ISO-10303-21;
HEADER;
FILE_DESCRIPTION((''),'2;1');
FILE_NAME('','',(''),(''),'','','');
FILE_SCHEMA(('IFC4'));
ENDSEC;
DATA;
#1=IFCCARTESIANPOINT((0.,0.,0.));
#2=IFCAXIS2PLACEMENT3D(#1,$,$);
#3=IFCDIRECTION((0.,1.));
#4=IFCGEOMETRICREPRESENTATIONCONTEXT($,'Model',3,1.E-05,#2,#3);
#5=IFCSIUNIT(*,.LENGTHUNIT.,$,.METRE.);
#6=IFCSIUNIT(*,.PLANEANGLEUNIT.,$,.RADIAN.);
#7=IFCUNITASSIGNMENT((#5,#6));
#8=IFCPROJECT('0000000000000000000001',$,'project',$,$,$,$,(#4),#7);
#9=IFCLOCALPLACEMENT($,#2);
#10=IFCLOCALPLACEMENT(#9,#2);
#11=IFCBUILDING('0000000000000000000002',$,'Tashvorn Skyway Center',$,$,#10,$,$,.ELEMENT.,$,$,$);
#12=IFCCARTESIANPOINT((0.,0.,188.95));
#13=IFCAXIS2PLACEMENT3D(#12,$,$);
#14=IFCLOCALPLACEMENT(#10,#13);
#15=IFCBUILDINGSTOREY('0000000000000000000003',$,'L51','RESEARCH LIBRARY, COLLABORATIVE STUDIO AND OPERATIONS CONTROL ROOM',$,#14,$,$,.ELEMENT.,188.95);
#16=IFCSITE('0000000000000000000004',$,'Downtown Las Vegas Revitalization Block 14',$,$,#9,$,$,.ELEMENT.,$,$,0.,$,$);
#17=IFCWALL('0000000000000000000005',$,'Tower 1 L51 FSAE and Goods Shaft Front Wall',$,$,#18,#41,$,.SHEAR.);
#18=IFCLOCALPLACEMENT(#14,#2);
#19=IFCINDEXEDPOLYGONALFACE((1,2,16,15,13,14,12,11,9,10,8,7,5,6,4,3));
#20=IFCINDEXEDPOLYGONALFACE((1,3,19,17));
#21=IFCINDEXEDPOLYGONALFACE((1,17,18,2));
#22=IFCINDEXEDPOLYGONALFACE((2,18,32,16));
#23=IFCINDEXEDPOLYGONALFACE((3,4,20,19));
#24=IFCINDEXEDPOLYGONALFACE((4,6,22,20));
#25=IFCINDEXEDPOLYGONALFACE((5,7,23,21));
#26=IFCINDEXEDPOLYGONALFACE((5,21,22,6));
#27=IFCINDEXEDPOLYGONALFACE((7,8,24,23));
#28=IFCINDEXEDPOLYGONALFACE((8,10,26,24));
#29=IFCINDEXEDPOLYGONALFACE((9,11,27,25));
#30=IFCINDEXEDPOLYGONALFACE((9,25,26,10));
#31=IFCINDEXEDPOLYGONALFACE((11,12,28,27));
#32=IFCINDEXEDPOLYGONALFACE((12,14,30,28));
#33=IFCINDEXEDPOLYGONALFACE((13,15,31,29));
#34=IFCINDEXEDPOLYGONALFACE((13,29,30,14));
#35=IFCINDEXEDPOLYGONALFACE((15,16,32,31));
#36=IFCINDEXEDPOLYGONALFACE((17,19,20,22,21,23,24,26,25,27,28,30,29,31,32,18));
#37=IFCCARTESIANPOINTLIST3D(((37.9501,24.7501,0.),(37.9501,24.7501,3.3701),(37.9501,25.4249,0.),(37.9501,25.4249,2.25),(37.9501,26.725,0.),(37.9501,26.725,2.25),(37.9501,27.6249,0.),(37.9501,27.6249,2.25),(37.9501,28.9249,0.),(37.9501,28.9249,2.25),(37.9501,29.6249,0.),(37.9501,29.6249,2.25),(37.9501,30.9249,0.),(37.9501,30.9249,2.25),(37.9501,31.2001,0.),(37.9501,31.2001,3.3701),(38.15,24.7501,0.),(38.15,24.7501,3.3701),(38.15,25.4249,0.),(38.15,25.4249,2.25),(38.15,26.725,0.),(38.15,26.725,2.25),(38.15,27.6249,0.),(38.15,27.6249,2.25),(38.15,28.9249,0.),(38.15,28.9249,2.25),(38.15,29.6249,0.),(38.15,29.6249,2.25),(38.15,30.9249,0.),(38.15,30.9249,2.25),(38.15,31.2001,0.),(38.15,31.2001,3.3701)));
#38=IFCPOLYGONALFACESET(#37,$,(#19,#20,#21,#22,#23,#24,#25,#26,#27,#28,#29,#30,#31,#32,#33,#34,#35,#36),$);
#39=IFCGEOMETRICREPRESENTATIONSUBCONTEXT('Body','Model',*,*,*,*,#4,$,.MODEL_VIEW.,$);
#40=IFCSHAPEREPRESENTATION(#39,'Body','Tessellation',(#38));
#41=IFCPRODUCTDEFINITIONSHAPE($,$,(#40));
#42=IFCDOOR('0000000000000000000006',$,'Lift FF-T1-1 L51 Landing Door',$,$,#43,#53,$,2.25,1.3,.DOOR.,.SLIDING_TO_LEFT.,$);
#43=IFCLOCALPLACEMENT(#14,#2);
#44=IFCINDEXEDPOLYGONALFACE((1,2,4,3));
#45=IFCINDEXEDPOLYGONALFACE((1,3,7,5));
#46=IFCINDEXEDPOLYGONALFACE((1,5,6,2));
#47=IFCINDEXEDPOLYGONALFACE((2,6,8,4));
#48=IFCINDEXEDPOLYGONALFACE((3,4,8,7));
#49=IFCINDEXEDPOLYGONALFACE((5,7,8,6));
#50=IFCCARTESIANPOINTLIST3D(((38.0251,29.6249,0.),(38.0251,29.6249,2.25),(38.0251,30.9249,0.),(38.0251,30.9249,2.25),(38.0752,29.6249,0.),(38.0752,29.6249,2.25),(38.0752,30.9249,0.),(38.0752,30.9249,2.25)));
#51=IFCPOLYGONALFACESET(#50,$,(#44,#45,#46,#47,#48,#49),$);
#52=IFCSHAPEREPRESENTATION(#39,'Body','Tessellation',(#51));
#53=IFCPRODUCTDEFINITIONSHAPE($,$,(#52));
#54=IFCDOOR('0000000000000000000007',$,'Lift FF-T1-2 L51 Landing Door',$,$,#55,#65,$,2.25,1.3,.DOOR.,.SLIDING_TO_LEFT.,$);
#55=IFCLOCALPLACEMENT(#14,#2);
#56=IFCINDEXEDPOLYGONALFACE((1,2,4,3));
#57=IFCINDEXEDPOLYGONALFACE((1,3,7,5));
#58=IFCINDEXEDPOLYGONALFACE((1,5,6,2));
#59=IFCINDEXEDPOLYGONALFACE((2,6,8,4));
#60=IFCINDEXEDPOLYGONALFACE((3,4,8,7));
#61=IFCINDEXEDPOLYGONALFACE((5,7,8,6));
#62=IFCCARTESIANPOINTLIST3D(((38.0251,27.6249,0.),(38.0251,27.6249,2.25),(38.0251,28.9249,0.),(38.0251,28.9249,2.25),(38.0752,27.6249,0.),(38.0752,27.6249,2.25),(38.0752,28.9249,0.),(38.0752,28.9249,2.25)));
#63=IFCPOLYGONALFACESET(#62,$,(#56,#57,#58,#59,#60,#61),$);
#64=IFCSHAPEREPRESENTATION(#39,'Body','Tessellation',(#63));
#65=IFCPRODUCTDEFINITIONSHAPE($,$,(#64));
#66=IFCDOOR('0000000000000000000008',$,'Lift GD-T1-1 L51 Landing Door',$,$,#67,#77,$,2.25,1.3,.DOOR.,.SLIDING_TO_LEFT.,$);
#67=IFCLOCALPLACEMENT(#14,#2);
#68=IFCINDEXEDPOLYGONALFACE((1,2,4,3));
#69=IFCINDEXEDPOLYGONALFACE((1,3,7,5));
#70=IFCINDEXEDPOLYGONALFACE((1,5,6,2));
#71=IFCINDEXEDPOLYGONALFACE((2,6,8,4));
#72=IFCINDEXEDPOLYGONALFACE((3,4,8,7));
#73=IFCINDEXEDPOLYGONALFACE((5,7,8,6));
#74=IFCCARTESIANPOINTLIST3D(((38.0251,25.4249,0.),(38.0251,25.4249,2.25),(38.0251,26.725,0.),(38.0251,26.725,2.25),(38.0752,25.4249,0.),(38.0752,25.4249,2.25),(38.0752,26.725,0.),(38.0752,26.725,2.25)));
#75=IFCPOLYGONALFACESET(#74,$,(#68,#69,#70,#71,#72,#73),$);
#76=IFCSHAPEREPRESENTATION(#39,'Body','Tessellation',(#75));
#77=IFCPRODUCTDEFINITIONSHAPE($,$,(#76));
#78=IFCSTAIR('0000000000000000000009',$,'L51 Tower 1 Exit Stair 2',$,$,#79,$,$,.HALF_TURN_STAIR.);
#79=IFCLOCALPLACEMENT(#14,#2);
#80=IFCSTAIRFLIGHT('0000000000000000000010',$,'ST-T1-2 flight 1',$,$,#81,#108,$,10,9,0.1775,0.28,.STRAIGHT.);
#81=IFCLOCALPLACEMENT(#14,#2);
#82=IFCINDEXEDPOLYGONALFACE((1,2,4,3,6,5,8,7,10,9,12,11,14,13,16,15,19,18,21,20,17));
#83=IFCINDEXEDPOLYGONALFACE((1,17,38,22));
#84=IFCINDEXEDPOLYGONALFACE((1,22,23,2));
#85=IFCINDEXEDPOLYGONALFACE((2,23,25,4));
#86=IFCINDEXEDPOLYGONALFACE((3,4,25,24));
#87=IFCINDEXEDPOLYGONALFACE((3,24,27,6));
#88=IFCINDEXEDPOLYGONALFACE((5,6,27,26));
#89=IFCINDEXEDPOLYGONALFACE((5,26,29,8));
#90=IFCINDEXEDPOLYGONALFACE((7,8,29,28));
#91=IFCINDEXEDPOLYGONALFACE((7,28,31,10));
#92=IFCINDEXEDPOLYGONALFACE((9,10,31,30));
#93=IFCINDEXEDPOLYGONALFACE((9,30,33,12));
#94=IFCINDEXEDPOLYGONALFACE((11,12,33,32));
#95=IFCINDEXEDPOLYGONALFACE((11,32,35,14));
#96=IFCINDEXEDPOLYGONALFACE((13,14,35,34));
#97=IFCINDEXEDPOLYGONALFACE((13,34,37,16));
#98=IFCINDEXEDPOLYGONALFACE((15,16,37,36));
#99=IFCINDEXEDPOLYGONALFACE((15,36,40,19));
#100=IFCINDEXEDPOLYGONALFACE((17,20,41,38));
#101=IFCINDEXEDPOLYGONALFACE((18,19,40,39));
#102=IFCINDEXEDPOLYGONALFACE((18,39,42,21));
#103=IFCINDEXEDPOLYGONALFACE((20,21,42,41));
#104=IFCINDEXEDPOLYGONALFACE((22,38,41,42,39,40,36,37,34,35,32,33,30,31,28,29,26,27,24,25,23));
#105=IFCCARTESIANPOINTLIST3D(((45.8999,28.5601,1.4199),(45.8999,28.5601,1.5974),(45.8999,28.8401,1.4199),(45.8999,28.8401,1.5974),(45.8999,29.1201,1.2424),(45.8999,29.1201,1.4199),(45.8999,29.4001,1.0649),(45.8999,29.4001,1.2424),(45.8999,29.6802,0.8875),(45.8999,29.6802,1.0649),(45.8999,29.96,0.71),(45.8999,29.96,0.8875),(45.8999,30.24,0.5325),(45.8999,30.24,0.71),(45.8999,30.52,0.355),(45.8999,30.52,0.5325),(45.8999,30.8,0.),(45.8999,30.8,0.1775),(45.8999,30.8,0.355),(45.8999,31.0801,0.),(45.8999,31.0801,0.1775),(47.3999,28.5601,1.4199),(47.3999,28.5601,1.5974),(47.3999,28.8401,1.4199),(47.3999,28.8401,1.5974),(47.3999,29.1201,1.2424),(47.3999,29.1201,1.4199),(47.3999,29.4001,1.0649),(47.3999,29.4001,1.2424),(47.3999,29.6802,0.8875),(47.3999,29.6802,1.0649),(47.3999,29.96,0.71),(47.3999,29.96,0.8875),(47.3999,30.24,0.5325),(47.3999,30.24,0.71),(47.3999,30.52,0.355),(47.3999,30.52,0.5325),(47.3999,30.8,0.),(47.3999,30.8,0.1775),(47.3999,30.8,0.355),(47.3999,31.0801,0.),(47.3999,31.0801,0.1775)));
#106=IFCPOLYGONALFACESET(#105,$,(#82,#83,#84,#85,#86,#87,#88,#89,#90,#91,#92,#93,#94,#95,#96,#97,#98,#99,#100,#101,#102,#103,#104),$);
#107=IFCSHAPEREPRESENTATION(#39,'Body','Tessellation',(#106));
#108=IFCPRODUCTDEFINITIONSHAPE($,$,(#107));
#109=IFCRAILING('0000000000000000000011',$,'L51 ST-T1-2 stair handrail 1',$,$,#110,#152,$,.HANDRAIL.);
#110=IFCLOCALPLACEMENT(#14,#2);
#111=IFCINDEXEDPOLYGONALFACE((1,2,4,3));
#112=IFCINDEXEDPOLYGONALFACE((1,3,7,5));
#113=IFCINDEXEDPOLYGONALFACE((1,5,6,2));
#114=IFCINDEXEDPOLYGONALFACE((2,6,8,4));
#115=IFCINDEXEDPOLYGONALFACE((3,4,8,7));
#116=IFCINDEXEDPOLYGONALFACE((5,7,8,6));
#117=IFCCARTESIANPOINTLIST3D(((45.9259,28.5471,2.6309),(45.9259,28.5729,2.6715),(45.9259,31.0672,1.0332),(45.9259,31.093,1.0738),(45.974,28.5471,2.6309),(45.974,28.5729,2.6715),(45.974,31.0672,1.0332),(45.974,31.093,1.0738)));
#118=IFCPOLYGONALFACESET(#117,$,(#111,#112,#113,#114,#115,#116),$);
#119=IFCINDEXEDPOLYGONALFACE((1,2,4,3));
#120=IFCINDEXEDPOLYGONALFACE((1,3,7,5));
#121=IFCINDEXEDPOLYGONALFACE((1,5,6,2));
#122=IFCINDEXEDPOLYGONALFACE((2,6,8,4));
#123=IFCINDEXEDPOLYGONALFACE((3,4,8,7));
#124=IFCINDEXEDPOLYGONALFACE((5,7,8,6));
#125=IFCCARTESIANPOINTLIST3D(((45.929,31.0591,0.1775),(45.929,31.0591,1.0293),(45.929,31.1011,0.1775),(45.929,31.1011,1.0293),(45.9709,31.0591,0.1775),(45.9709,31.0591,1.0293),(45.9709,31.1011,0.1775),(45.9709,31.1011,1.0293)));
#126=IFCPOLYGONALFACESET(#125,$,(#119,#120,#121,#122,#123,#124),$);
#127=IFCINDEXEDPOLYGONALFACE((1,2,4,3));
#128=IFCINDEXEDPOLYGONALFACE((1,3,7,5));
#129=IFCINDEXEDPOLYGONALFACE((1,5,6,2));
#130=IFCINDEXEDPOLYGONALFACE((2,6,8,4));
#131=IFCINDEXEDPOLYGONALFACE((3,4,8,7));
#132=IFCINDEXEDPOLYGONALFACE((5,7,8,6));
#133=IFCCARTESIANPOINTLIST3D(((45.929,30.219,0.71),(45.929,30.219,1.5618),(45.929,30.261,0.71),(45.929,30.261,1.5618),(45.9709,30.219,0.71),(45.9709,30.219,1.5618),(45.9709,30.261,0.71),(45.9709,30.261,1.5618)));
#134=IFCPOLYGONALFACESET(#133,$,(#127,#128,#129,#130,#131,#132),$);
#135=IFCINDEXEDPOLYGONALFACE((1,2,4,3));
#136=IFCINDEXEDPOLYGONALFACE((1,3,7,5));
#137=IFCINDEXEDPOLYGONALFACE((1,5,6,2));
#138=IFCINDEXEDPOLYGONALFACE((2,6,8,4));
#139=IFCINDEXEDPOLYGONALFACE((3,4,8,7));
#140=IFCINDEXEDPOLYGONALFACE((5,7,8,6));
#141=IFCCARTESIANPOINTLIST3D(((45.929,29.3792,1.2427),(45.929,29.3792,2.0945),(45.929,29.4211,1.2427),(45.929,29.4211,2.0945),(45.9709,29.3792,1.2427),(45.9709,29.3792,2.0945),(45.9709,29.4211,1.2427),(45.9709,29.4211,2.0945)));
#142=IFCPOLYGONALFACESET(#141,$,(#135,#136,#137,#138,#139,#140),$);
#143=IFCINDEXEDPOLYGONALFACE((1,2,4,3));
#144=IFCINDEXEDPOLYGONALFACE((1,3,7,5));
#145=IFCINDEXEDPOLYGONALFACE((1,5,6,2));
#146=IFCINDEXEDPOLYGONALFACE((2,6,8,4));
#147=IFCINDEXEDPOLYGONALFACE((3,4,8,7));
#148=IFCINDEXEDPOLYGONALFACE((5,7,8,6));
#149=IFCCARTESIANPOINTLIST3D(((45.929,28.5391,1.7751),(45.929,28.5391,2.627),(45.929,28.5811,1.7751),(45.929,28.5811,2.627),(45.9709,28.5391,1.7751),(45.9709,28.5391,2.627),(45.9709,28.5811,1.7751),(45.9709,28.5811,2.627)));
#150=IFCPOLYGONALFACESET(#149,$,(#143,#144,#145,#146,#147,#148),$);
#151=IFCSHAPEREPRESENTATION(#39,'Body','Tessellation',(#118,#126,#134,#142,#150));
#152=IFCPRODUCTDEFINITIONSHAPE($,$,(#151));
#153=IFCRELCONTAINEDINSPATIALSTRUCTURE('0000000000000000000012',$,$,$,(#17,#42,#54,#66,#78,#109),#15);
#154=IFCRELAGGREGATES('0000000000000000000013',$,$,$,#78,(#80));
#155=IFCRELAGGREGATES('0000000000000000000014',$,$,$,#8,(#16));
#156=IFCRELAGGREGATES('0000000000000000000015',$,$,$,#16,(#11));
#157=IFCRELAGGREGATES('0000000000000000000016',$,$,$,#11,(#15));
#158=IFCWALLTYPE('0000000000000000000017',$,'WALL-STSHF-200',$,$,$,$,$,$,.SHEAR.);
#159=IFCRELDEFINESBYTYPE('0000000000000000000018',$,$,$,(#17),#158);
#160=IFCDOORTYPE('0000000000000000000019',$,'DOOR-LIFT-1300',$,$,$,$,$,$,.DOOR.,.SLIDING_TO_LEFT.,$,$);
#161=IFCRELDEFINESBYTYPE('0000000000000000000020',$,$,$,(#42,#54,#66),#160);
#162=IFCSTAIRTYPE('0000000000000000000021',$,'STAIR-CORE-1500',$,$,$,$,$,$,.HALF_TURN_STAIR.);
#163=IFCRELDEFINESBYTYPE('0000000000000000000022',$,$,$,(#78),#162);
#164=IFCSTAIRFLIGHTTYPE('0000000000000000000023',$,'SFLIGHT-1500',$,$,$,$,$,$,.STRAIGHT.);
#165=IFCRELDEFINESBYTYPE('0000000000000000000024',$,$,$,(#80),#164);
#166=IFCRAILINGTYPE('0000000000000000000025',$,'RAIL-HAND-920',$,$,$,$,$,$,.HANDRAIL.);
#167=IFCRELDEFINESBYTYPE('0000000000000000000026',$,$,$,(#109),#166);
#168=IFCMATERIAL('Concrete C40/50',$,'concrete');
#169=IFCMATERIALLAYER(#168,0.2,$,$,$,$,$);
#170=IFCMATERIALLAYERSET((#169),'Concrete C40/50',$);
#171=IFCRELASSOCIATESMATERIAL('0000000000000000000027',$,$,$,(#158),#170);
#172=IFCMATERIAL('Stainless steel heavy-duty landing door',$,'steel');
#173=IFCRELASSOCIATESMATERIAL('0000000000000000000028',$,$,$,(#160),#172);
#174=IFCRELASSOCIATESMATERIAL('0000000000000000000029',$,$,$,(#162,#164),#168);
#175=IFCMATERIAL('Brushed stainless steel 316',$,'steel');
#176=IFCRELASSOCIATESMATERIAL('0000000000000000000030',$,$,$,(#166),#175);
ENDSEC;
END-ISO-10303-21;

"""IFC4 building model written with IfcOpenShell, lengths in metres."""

from ifc_helpers import new_model, si_unit, direction, frame, frame_2d, origin, origin_2d, place, context, subcontext, project, spatial, polyline, rectangle, outline, extrude, material, layer, layer_set, type_object, element, fill, aggregate, save


model = new_model("IFC4")

# Units and contexts
model_context = context("Model", 3, precision=1e-05, world=origin(), true_north=direction((0.0, 1.0)))
body_context = subcontext(model_context, "Body", "Model", "MODEL_VIEW")
ifc_project = project(units=[si_unit("LENGTHUNIT", "METRE"), si_unit("PLANEANGLEUNIT", "RADIAN")], contexts=[model_context])

# Site, building, storey
site_placement = place(None, origin())
site = spatial("IfcSite", under=ifc_project, at=site_placement, Name="Downtown Las Vegas Revitalization Block 14", CompositionType="ELEMENT", RefElevation=0.0)
building_placement = place(site_placement, origin())
building = spatial("IfcBuilding", under=site, at=building_placement, Name="Tashvorn Skyway Center", CompositionType="ELEMENT")
storey_placement = place(building_placement, frame((0.0, 0.0, 188.95)))
storey = spatial("IfcBuildingStorey", under=building, at=storey_placement, Name="L51", Description="RESEARCH LIBRARY, COLLABORATIVE STUDIO AND OPERATIONS CONTROL ROOM", CompositionType="ELEMENT", Elevation=188.95)

# Shared definitions
ifc_material_1 = material(Name="Concrete C40/50", Category="concrete")

# Shared definitions
ifc_layer_1 = layer(ifc_material_1, 0.2)
ifc_layer_set_1 = layer_set([ifc_layer_1], Name="Concrete C40/50")
wall_type_1 = type_object("IfcWallType", Name="WALL-STSHF-200", PredefinedType="SHEAR", material=ifc_layer_set_1)

# Wall, openings, doors
wall_1_placement = place(storey_placement, frame((38.05, 24.75, 0.0), z_axis=(0.0, 0.0, 1.0), x_axis=(0.0, 1.0, 0.0)))
wall_1 = element("IfcWall", 1, at=wall_1_placement, inside=storey, type_object=wall_type_1, Name="Tower 1 L51 FSAE and Goods Shaft Front Wall", PredefinedType="SHEAR", context=body_context, shape_type="SweptSolid", body=[
    extrude(rectangle(XDim=6.45, YDim=0.2, at=frame_2d((3.2251, 0.0))), origin(), (0.0, 0.0, 1.0), 3.3701),
])
opening_1_placement = place(wall_1_placement, frame((4.875, 0.0, 0.0)))
opening_1 = element("IfcOpeningElement", 2, at=opening_1_placement, cuts=wall_1, PredefinedType="OPENING", context=body_context, shape_type="SweptSolid", body=[
    extrude(rectangle(XDim=1.3, YDim=2.25, at=frame_2d((0.6499, 1.125))), frame((0.0, 0.1099, 0.0), z_axis=(0.0, -1.0, 0.0), x_axis=(1.0, 0.0, 0.0)), (0.0, 0.0, 1.0), 0.22),
])
opening_2_placement = place(wall_1_placement, frame((2.875, 0.0, 0.0)))
opening_2 = element("IfcOpeningElement", 3, at=opening_2_placement, cuts=wall_1, PredefinedType="OPENING", context=body_context, shape_type="SweptSolid", body=[
    extrude(rectangle(XDim=1.3, YDim=2.25, at=frame_2d((0.6499, 1.125))), frame((0.0, 0.1099, 0.0), z_axis=(0.0, -1.0, 0.0), x_axis=(1.0, 0.0, 0.0)), (0.0, 0.0, 1.0), 0.22),
])
opening_3_placement = place(wall_1_placement, frame((0.675, 0.0, 0.0)))
opening_3 = element("IfcOpeningElement", 4, at=opening_3_placement, cuts=wall_1, PredefinedType="OPENING", context=body_context, shape_type="SweptSolid", body=[
    extrude(rectangle(XDim=1.3, YDim=2.25, at=frame_2d((0.6499, 1.125))), frame((0.0, 0.1099, 0.0), z_axis=(0.0, -1.0, 0.0), x_axis=(1.0, 0.0, 0.0)), (0.0, 0.0, 1.0), 0.22),
])
ifc_material_2 = material(Name="Stainless steel heavy-duty landing door", Category="steel")
door_type_1 = type_object("IfcDoorType", Name="DOOR-LIFT-1300", OperationType="SLIDING_TO_LEFT", PredefinedType="DOOR", material=ifc_material_2)
door_1_placement = place(opening_1_placement, origin())
door_1 = element("IfcDoor", 5, at=door_1_placement, inside=storey, type_object=door_type_1, Name="Lift FF-T1-1 L51 Landing Door", OperationType="SLIDING_TO_LEFT", OverallHeight=2.25, OverallWidth=1.3, PredefinedType="DOOR", context=body_context, shape_type="SweptSolid", body=[
    extrude(rectangle(XDim=1.3, YDim=2.25, at=frame_2d((0.6499, 1.125))), frame((0.0, 0.0249, 0.0), z_axis=(0.0, -1.0, 0.0), x_axis=(1.0, 0.0, 0.0)), (0.0, 0.0, 1.0), 0.05),
])
fill(opening_1, door_1)
door_2_placement = place(opening_2_placement, origin())
door_2 = element("IfcDoor", 6, at=door_2_placement, inside=storey, type_object=door_type_1, Name="Lift FF-T1-2 L51 Landing Door", OperationType="SLIDING_TO_LEFT", OverallHeight=2.25, OverallWidth=1.3, PredefinedType="DOOR", context=body_context, shape_type="SweptSolid", body=[
    extrude(rectangle(XDim=1.3, YDim=2.25, at=frame_2d((0.6499, 1.125))), frame((0.0, 0.0249, 0.0), z_axis=(0.0, -1.0, 0.0), x_axis=(1.0, 0.0, 0.0)), (0.0, 0.0, 1.0), 0.05),
])
fill(opening_2, door_2)
door_3_placement = place(opening_3_placement, origin())
door_3 = element("IfcDoor", 7, at=door_3_placement, inside=storey, type_object=door_type_1, Name="Lift GD-T1-1 L51 Landing Door", OperationType="SLIDING_TO_LEFT", OverallHeight=2.25, OverallWidth=1.3, PredefinedType="DOOR", context=body_context, shape_type="SweptSolid", body=[
    extrude(rectangle(XDim=1.3, YDim=2.25, at=frame_2d((0.6499, 1.125))), frame((0.0, 0.0249, 0.0), z_axis=(0.0, -1.0, 0.0), x_axis=(1.0, 0.0, 0.0)), (0.0, 0.0, 1.0), 0.05),
])
fill(opening_3, door_3)

# Stair, stair flight
stair_type = type_object("IfcStairType", Name="STAIR-CORE-1500", PredefinedType="HALF_TURN_STAIR", material=ifc_material_1)
stair_placement = place(storey_placement, origin())
stair = element("IfcStair", 8, at=stair_placement, inside=storey, type_object=stair_type, Name="L51 Tower 1 Exit Stair 2", PredefinedType="HALF_TURN_STAIR")
stair_flight_type = type_object("IfcStairFlightType", Name="SFLIGHT-1500", PredefinedType="STRAIGHT", material=ifc_material_1)
stair_flight_placement = place(storey_placement, frame((46.6499, 31.0801, 0.0), z_axis=(0.0, 0.0, 1.0), x_axis=(0.0, -1.0, 0.0)))
stair_flight = element("IfcStairFlight", 9, at=stair_flight_placement, type_object=stair_flight_type, Name="ST-T1-2 flight 1", NumberOfRisers=10, NumberOfTreads=9, PredefinedType="STRAIGHT", RiserHeight=0.1775, TreadLength=0.28, context=body_context, shape_type="SweptSolid", body=[
    extrude(outline(polyline([(0.0, 0.0), (0.0, 0.1775), (0.28, 0.1775), (0.28, 0.355), (0.5601, 0.355), (0.5601, 0.5325), (0.8401, 0.5325), (0.8401, 0.71), (1.1201, 0.71), (1.1201, 0.8875), (1.3999, 0.8875), (1.3999, 1.0649), (1.6799, 1.0649), (1.6799, 1.2424), (1.96, 1.2424), (1.96, 1.4199), (2.24, 1.4199), (2.24, 1.5974), (2.52, 1.5974), (2.52, 1.7749), (2.52, 1.4199), (0.28, 0.0), (0.0, 0.0)])), frame((0.0, 0.75, 0.0), z_axis=(0.0, -1.0, 0.0), x_axis=(1.0, 0.0, 0.0)), (0.0, 0.0, 1.0), 1.5),
])
aggregate(stair, [stair_flight])

# Railing
ifc_material_3 = material(Name="Brushed stainless steel 316", Category="steel")
railing_type_1 = type_object("IfcRailingType", Name="RAIL-HAND-920", PredefinedType="HANDRAIL", material=ifc_material_3)
railing_1_placement = place(storey_placement, frame((45.95, 31.0801, 0.1775)))
element("IfcRailing", 10, at=railing_1_placement, inside=storey, type_object=railing_type_1, Name="L51 ST-T1-2 stair handrail 1", PredefinedType="HANDRAIL", context=body_context, shape_type="SweptSolid", body=[
    extrude(rectangle(XDim=0.0481, YDim=0.0481, at=origin_2d()), frame((0.0, 0.0, 0.876), z_axis=(0.0, -0.84457, 0.535445), x_axis=(1.0, 0.0, 0.0)), (0.0, 0.0, 1.0), 2.9839),
    extrude(rectangle(XDim=0.042, YDim=0.042, at=origin_2d()), origin(), (0.0, 0.0, 1.0), 0.8518),
    extrude(rectangle(XDim=0.042, YDim=0.042, at=origin_2d()), frame((0.0, -0.8401, 0.5325)), (0.0, 0.0, 1.0), 0.8518),
    extrude(rectangle(XDim=0.042, YDim=0.042, at=origin_2d()), frame((0.0, -1.6799, 1.0652)), (0.0, 0.0, 1.0), 0.8518),
    extrude(rectangle(XDim=0.042, YDim=0.042, at=origin_2d()), frame((0.0, -2.52, 1.5977)), (0.0, 0.0, 1.0), 0.8518),
])

save(model, "model.ifc")
